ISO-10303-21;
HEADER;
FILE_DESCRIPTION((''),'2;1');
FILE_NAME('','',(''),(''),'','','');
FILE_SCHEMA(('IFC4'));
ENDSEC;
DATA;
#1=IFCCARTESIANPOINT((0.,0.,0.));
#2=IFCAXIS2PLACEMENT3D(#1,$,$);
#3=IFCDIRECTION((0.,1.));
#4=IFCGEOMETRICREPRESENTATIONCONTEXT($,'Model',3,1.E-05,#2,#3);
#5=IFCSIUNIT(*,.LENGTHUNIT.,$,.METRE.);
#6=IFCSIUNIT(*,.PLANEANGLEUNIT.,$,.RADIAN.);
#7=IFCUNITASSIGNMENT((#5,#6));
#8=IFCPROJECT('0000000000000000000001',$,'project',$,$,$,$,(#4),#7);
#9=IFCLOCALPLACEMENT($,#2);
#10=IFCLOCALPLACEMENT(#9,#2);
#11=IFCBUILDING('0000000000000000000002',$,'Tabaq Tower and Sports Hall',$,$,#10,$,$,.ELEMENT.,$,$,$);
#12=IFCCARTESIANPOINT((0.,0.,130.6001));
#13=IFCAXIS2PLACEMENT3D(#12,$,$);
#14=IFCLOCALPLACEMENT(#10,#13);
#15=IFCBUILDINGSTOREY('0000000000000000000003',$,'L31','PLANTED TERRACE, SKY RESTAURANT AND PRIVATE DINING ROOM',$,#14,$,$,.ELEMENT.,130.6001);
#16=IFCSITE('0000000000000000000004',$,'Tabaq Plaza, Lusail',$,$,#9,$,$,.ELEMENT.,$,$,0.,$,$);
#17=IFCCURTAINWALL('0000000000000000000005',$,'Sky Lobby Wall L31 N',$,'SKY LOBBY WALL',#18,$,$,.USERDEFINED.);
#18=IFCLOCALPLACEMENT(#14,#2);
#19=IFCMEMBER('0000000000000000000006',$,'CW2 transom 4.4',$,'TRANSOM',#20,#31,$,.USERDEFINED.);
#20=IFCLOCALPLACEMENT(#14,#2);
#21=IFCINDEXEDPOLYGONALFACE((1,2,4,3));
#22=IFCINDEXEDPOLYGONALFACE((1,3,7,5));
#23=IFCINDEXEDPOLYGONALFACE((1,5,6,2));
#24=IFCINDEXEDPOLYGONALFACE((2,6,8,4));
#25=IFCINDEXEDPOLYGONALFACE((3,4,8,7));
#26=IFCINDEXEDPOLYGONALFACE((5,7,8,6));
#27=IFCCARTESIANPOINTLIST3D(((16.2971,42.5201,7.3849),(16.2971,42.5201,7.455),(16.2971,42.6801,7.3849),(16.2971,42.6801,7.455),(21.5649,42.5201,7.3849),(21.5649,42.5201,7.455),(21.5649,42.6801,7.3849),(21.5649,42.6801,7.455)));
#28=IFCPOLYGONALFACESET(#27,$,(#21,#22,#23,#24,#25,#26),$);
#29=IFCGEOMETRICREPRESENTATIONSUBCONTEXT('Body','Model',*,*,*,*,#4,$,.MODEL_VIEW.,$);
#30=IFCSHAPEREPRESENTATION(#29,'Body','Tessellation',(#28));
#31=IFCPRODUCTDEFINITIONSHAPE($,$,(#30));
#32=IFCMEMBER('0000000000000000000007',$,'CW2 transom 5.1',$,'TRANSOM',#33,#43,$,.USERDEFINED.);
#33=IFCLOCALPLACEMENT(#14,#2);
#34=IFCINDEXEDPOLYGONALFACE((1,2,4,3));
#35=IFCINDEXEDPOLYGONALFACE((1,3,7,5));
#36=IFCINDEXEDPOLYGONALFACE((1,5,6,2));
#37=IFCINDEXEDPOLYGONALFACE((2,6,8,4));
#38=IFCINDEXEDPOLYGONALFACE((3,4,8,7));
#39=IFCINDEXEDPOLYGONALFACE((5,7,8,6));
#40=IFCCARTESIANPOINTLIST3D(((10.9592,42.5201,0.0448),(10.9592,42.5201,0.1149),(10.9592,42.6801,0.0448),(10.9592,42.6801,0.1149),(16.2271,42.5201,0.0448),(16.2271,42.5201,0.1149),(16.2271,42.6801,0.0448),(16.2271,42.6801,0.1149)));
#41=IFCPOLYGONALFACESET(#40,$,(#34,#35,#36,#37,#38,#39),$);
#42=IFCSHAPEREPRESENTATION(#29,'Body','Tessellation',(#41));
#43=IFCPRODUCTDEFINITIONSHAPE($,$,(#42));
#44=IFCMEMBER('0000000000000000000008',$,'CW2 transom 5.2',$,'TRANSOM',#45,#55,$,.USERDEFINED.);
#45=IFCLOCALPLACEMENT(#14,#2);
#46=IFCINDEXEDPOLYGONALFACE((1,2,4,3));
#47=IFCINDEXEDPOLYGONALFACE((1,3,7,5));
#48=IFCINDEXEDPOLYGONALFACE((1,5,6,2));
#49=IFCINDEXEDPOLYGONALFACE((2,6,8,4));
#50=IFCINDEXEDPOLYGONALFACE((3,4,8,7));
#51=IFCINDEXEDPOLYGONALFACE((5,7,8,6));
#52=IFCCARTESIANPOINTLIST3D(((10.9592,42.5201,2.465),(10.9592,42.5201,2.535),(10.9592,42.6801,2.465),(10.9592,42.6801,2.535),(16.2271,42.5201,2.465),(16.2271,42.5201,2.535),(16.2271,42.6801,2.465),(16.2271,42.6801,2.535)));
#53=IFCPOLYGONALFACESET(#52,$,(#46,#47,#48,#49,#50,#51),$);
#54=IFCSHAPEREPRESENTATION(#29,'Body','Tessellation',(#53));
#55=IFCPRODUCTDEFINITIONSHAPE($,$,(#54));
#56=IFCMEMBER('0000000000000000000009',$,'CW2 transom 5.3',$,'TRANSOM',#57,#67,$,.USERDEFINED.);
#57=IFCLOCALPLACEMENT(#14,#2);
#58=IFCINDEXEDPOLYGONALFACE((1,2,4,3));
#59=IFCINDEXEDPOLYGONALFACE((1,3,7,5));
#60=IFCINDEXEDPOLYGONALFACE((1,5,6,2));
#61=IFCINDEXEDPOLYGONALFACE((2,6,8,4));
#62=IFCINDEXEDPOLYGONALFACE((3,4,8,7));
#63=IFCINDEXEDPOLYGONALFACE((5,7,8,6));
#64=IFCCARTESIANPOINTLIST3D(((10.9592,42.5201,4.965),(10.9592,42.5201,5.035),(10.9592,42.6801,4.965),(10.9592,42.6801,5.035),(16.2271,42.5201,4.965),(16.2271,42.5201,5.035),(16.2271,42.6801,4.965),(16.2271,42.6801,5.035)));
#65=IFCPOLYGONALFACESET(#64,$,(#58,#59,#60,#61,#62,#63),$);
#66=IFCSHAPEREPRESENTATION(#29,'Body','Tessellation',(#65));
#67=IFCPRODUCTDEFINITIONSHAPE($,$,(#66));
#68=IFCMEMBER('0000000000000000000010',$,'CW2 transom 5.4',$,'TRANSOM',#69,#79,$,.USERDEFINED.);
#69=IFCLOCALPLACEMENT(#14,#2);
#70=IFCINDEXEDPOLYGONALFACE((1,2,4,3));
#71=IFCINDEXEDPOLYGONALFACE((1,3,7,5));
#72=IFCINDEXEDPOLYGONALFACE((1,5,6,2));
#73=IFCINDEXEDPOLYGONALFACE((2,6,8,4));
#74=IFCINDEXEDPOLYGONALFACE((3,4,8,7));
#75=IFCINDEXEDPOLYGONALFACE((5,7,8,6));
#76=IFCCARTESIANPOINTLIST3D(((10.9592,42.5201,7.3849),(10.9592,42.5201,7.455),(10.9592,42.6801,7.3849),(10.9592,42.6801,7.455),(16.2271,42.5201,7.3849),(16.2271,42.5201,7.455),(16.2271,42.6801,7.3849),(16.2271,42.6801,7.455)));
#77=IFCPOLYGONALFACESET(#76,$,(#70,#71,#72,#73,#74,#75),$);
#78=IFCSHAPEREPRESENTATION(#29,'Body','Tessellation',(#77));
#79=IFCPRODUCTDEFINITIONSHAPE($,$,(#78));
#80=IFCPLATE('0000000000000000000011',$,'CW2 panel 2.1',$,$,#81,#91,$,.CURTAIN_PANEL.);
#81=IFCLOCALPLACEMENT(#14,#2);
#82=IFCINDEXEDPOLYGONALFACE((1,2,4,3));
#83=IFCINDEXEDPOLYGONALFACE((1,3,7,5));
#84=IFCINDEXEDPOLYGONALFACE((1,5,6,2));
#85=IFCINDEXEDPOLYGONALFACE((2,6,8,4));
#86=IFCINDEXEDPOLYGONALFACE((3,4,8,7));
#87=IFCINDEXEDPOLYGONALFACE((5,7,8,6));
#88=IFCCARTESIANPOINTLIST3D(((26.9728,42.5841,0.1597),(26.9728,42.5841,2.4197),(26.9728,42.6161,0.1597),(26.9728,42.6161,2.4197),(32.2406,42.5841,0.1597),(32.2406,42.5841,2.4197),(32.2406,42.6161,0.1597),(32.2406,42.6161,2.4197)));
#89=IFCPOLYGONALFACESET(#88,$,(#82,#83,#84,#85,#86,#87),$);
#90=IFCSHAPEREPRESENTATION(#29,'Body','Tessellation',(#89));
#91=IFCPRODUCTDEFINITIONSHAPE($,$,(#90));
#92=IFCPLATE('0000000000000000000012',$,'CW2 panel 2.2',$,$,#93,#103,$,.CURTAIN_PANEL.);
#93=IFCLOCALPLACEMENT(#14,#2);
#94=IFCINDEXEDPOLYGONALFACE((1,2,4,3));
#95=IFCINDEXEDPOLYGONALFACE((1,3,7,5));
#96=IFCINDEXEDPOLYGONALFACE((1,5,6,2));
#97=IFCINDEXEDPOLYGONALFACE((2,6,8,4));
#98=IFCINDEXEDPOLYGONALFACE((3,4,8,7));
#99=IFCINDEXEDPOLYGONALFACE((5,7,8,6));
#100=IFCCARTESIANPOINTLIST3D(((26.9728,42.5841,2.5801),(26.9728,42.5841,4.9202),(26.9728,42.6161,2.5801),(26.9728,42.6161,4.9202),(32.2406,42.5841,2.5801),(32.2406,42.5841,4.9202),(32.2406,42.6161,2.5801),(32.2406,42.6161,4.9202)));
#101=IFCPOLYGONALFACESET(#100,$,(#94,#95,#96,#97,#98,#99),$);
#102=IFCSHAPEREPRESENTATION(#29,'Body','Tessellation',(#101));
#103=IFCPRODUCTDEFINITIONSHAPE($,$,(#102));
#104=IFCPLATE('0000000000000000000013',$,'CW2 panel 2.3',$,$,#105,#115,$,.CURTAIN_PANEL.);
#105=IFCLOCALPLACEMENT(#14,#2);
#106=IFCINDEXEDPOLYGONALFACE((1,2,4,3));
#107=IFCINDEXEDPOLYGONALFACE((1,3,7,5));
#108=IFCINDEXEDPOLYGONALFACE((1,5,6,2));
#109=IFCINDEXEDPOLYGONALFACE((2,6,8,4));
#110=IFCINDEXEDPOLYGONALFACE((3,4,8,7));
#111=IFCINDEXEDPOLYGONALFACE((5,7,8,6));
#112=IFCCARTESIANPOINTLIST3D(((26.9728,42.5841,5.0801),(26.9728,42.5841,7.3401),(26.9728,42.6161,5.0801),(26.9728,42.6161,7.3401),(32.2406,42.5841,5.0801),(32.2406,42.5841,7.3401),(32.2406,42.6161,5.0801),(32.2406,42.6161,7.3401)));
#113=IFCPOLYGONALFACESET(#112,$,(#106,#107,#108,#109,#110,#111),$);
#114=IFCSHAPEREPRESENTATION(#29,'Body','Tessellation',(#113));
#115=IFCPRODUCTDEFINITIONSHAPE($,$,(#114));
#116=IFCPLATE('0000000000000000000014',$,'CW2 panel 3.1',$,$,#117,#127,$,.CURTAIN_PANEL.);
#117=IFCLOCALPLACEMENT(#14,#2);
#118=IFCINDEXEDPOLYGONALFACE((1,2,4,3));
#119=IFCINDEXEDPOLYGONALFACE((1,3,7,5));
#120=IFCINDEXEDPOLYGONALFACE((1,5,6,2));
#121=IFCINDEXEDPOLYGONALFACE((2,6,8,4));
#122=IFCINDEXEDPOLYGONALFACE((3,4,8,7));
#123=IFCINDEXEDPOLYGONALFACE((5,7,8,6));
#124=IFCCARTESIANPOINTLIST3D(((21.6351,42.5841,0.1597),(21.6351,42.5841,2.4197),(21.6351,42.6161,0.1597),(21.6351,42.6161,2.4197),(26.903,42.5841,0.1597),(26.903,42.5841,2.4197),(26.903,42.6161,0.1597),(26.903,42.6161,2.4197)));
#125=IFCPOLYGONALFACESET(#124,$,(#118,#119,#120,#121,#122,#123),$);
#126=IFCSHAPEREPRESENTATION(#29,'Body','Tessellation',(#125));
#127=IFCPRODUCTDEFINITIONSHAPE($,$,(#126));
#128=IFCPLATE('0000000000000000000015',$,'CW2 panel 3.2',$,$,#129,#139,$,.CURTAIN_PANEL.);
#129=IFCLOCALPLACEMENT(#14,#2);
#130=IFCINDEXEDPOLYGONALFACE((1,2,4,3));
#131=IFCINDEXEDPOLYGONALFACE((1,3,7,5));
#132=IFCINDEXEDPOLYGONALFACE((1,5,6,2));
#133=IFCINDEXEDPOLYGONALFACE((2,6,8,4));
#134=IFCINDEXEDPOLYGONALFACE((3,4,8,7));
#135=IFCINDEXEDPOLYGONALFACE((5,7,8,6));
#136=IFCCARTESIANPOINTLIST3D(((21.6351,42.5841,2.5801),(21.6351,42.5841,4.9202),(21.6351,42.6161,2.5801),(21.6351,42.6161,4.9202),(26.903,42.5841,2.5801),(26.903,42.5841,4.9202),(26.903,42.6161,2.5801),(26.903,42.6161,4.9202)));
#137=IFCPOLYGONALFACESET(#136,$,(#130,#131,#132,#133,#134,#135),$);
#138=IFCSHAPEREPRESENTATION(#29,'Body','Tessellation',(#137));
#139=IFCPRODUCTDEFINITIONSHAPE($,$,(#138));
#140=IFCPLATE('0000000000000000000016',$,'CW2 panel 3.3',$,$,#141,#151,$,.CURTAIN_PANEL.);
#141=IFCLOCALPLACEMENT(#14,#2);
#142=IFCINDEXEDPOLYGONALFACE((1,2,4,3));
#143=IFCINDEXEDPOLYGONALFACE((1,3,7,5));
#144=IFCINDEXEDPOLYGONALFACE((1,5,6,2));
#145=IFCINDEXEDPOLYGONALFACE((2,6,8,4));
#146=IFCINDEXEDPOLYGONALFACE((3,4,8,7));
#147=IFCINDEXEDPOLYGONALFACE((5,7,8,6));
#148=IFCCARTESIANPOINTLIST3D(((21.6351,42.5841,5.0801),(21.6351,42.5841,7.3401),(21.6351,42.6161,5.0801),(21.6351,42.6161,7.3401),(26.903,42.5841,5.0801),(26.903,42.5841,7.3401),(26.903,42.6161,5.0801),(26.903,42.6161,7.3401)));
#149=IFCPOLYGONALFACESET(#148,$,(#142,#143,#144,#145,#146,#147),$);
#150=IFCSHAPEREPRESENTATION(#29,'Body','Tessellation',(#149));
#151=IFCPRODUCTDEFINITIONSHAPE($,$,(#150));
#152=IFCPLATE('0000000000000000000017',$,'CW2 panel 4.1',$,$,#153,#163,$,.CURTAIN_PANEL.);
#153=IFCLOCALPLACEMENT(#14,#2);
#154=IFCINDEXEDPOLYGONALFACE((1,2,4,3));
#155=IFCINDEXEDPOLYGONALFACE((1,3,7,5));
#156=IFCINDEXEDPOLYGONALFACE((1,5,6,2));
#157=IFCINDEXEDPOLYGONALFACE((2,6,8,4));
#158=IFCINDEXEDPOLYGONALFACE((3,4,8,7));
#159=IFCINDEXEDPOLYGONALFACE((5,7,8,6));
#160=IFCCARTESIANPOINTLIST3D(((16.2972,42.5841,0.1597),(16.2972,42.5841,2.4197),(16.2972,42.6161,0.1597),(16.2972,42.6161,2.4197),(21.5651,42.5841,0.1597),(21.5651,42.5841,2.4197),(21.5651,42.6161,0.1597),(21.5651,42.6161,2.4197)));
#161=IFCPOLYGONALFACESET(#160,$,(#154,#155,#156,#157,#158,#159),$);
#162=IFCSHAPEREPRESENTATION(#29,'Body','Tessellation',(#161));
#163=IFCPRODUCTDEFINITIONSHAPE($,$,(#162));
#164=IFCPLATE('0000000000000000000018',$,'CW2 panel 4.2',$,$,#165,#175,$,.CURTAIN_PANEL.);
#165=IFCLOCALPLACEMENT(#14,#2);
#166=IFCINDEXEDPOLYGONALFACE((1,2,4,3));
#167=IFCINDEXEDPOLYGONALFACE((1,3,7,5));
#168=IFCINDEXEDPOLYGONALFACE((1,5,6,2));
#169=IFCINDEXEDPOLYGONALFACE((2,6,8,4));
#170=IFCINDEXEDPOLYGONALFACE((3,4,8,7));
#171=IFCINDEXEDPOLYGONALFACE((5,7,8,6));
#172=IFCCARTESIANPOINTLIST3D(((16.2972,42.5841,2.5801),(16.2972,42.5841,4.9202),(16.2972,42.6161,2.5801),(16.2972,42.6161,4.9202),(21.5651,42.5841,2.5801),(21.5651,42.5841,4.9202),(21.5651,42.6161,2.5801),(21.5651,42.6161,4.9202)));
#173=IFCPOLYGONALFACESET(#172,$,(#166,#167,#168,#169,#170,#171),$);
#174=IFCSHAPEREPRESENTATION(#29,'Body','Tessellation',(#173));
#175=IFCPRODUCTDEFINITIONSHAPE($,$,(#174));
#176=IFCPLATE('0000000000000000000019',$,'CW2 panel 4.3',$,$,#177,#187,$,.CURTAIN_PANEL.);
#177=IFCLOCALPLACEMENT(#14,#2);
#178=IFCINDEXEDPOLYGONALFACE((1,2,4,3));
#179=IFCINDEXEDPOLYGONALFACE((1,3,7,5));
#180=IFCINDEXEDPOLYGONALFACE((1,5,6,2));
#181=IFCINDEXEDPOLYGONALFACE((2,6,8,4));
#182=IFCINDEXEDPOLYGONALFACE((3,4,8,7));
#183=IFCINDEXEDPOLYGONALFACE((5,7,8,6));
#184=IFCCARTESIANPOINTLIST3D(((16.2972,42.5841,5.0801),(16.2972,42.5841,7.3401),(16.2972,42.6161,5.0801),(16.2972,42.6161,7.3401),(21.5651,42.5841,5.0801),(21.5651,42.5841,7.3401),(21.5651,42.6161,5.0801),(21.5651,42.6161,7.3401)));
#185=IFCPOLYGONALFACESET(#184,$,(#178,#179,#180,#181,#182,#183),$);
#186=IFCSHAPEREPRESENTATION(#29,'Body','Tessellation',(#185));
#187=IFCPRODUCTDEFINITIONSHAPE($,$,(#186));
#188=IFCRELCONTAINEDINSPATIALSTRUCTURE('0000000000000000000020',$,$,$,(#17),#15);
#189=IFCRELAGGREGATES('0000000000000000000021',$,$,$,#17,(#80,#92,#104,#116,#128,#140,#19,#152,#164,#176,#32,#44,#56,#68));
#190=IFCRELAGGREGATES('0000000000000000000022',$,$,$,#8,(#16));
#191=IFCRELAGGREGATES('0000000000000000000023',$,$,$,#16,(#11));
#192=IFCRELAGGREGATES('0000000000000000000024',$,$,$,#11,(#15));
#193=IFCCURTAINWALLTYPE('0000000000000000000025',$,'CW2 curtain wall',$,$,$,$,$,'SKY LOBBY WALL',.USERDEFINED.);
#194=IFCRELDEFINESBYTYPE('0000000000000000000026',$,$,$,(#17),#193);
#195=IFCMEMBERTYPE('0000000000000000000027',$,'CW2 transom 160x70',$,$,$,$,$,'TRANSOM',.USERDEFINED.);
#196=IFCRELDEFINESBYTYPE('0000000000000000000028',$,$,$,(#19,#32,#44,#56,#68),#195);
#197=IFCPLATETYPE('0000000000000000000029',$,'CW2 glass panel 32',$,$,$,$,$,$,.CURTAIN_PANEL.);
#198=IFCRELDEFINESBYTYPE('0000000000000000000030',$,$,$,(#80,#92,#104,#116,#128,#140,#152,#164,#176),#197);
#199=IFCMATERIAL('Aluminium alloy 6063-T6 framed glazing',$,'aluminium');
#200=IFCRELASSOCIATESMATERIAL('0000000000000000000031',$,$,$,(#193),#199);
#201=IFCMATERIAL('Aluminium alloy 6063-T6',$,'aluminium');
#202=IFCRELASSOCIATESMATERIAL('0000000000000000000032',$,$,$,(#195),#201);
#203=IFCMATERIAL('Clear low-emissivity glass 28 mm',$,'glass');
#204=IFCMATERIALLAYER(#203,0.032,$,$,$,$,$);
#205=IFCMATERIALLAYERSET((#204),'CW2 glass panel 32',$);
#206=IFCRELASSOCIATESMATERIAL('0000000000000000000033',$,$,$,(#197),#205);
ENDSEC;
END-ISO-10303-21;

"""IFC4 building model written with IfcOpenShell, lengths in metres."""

from ifc_helpers import new_model, si_unit, direction, frame, origin, origin_2d, place, context, subcontext, project, spatial, rectangle, extrude, material, layer, layer_set, material_profile, profile_set, type_object, element, aggregate, save


model = new_model("IFC4")

# Units and contexts
model_context = context("Model", 3, precision=1e-05, world=origin(), true_north=direction((0.0, 1.0)))
body_context = subcontext(model_context, "Body", "Model", "MODEL_VIEW")
ifc_project = project(units=[si_unit("LENGTHUNIT", "METRE"), si_unit("PLANEANGLEUNIT", "RADIAN")], contexts=[model_context])

# Site, building, storey
site_placement = place(None, origin())
site = spatial("IfcSite", under=ifc_project, at=site_placement, Name="Tabaq Plaza, Lusail", CompositionType="ELEMENT", RefElevation=0.0)
building_placement = place(site_placement, origin())
building = spatial("IfcBuilding", under=site, at=building_placement, Name="Tabaq Tower and Sports Hall", CompositionType="ELEMENT")
storey_placement = place(building_placement, frame((0.0, 0.0, 130.6001)))
storey = spatial("IfcBuildingStorey", under=building, at=storey_placement, Name="L31", Description="PLANTED TERRACE, SKY RESTAURANT AND PRIVATE DINING ROOM", CompositionType="ELEMENT", Elevation=130.6001)

# Curtain wall, members, plates
ifc_material_1 = material(Name="Aluminium alloy 6063-T6 framed glazing", Category="aluminium")
curtain_wall_type = type_object("IfcCurtainWallType", Name="CW2 curtain wall", ElementType="SKY LOBBY WALL", PredefinedType="USERDEFINED", material=ifc_material_1)
curtain_wall_placement = place(storey_placement, origin())
curtain_wall = element("IfcCurtainWall", 1, at=curtain_wall_placement, inside=storey, type_object=curtain_wall_type, Name="Sky Lobby Wall L31 N", ObjectType="SKY LOBBY WALL", PredefinedType="USERDEFINED")
ifc_material_2 = material(Name="Aluminium alloy 6063-T6", Category="aluminium")
ifc_material_profile_1 = material_profile(ifc_material_2, rectangle(XDim=0.1599, YDim=0.0701, at=origin_2d()), Name="TRANSOM 160x70")
ifc_profile_set_1 = profile_set([ifc_material_profile_1], Name="Aluminium alloy 6063-T6")
member_type_1 = type_object("IfcMemberType", Name="CW2 transom 160x70", ElementType="TRANSOM", PredefinedType="USERDEFINED", material=ifc_profile_set_1)
member_1_placement = place(storey_placement, frame((21.5649, 42.6001, 7.4199), z_axis=(-1.0, 0.0, 0.0), x_axis=(0.0, -1.0, 0.0)))
member_1 = element("IfcMember", 2, at=member_1_placement, type_object=member_type_1, Name="CW2 transom 4.4", ObjectType="TRANSOM", PredefinedType="USERDEFINED", context=body_context, shape_type="SweptSolid", body=[
    extrude(rectangle(XDim=0.1599, YDim=0.0701, at=origin_2d()), origin(), (0.0, 0.0, 1.0), 5.2678),
])
member_2_placement = place(storey_placement, frame((16.2271, 42.6001, 0.0798), z_axis=(-1.0, 0.0, 0.0), x_axis=(0.0, -1.0, 0.0)))
member_2 = element("IfcMember", 3, at=member_2_placement, type_object=member_type_1, Name="CW2 transom 5.1", ObjectType="TRANSOM", PredefinedType="USERDEFINED", context=body_context, shape_type="SweptSolid", body=[
    extrude(rectangle(XDim=0.1599, YDim=0.0701, at=origin_2d()), origin(), (0.0, 0.0, 1.0), 5.2678),
])
member_3_placement = place(storey_placement, frame((16.2271, 42.6001, 2.5), z_axis=(-1.0, 0.0, 0.0), x_axis=(0.0, -1.0, 0.0)))
member_3 = element("IfcMember", 4, at=member_3_placement, type_object=member_type_1, Name="CW2 transom 5.2", ObjectType="TRANSOM", PredefinedType="USERDEFINED", context=body_context, shape_type="SweptSolid", body=[
    extrude(rectangle(XDim=0.1599, YDim=0.0701, at=origin_2d()), origin(), (0.0, 0.0, 1.0), 5.2678),
])
member_4_placement = place(storey_placement, frame((16.2271, 42.6001, 5.0), z_axis=(-1.0, 0.0, 0.0), x_axis=(0.0, -1.0, 0.0)))
member_4 = element("IfcMember", 5, at=member_4_placement, type_object=member_type_1, Name="CW2 transom 5.3", ObjectType="TRANSOM", PredefinedType="USERDEFINED", context=body_context, shape_type="SweptSolid", body=[
    extrude(rectangle(XDim=0.1599, YDim=0.0701, at=origin_2d()), origin(), (0.0, 0.0, 1.0), 5.2678),
])
member_5_placement = place(storey_placement, frame((16.2271, 42.6001, 7.4199), z_axis=(-1.0, 0.0, 0.0), x_axis=(0.0, -1.0, 0.0)))
member_5 = element("IfcMember", 6, at=member_5_placement, type_object=member_type_1, Name="CW2 transom 5.4", ObjectType="TRANSOM", PredefinedType="USERDEFINED", context=body_context, shape_type="SweptSolid", body=[
    extrude(rectangle(XDim=0.1599, YDim=0.0701, at=origin_2d()), origin(), (0.0, 0.0, 1.0), 5.2678),
])
ifc_material_3 = material(Name="Clear low-emissivity glass 28 mm", Category="glass")
ifc_layer_1 = layer(ifc_material_3, 0.032)
ifc_layer_set_1 = layer_set([ifc_layer_1], Name="CW2 glass panel 32")
plate_type = type_object("IfcPlateType", Name="CW2 glass panel 32", PredefinedType="CURTAIN_PANEL", material=ifc_layer_set_1)
plate_1_placement = place(storey_placement, frame((29.6067, 42.6001, 0.1597), z_axis=(0.0, 0.0, 1.0), x_axis=(-1.0, 0.0, 0.0)))
plate_1 = element("IfcPlate", 7, at=plate_1_placement, type_object=plate_type, Name="CW2 panel 2.1", PredefinedType="CURTAIN_PANEL", context=body_context, shape_type="SweptSolid", body=[
    extrude(rectangle(XDim=5.2678, YDim=0.032, at=origin_2d()), origin(), (0.0, 0.0, 1.0), 2.26),
])
plate_2_placement = place(storey_placement, frame((29.6067, 42.6001, 2.5801), z_axis=(0.0, 0.0, 1.0), x_axis=(-1.0, 0.0, 0.0)))
plate_2 = element("IfcPlate", 8, at=plate_2_placement, type_object=plate_type, Name="CW2 panel 2.2", PredefinedType="CURTAIN_PANEL", context=body_context, shape_type="SweptSolid", body=[
    extrude(rectangle(XDim=5.2678, YDim=0.032, at=origin_2d()), origin(), (0.0, 0.0, 1.0), 2.3401),
])
plate_3_placement = place(storey_placement, frame((29.6067, 42.6001, 5.0801), z_axis=(0.0, 0.0, 1.0), x_axis=(-1.0, 0.0, 0.0)))
plate_3 = element("IfcPlate", 9, at=plate_3_placement, type_object=plate_type, Name="CW2 panel 2.3", PredefinedType="CURTAIN_PANEL", context=body_context, shape_type="SweptSolid", body=[
    extrude(rectangle(XDim=5.2678, YDim=0.032, at=origin_2d()), origin(), (0.0, 0.0, 1.0), 2.26),
])
plate_4_placement = place(storey_placement, frame((24.269, 42.6001, 0.1597), z_axis=(0.0, 0.0, 1.0), x_axis=(-1.0, 0.0, 0.0)))
plate_4 = element("IfcPlate", 10, at=plate_4_placement, type_object=plate_type, Name="CW2 panel 3.1", PredefinedType="CURTAIN_PANEL", context=body_context, shape_type="SweptSolid", body=[
    extrude(rectangle(XDim=5.2678, YDim=0.032, at=origin_2d()), origin(), (0.0, 0.0, 1.0), 2.26),
])
plate_5_placement = place(storey_placement, frame((24.269, 42.6001, 2.5801), z_axis=(0.0, 0.0, 1.0), x_axis=(-1.0, 0.0, 0.0)))
plate_5 = element("IfcPlate", 11, at=plate_5_placement, type_object=plate_type, Name="CW2 panel 3.2", PredefinedType="CURTAIN_PANEL", context=body_context, shape_type="SweptSolid", body=[
    extrude(rectangle(XDim=5.2678, YDim=0.032, at=origin_2d()), origin(), (0.0, 0.0, 1.0), 2.3401),
])
plate_6_placement = place(storey_placement, frame((24.269, 42.6001, 5.0801), z_axis=(0.0, 0.0, 1.0), x_axis=(-1.0, 0.0, 0.0)))
plate_6 = element("IfcPlate", 12, at=plate_6_placement, type_object=plate_type, Name="CW2 panel 3.3", PredefinedType="CURTAIN_PANEL", context=body_context, shape_type="SweptSolid", body=[
    extrude(rectangle(XDim=5.2678, YDim=0.032, at=origin_2d()), origin(), (0.0, 0.0, 1.0), 2.26),
])
plate_7_placement = place(storey_placement, frame((18.9312, 42.6001, 0.1597), z_axis=(0.0, 0.0, 1.0), x_axis=(-1.0, 0.0, 0.0)))
plate_7 = element("IfcPlate", 13, at=plate_7_placement, type_object=plate_type, Name="CW2 panel 4.1", PredefinedType="CURTAIN_PANEL", context=body_context, shape_type="SweptSolid", body=[
    extrude(rectangle(XDim=5.2678, YDim=0.032, at=origin_2d()), origin(), (0.0, 0.0, 1.0), 2.26),
])
plate_8_placement = place(storey_placement, frame((18.9312, 42.6001, 2.5801), z_axis=(0.0, 0.0, 1.0), x_axis=(-1.0, 0.0, 0.0)))
plate_8 = element("IfcPlate", 14, at=plate_8_placement, type_object=plate_type, Name="CW2 panel 4.2", PredefinedType="CURTAIN_PANEL", context=body_context, shape_type="SweptSolid", body=[
    extrude(rectangle(XDim=5.2678, YDim=0.032, at=origin_2d()), origin(), (0.0, 0.0, 1.0), 2.3401),
])
plate_9_placement = place(storey_placement, frame((18.9312, 42.6001, 5.0801), z_axis=(0.0, 0.0, 1.0), x_axis=(-1.0, 0.0, 0.0)))
plate_9 = element("IfcPlate", 15, at=plate_9_placement, type_object=plate_type, Name="CW2 panel 4.3", PredefinedType="CURTAIN_PANEL", context=body_context, shape_type="SweptSolid", body=[
    extrude(rectangle(XDim=5.2678, YDim=0.032, at=origin_2d()), origin(), (0.0, 0.0, 1.0), 2.26),
])
aggregate(curtain_wall, [plate_1, plate_2, plate_3, plate_4, plate_5, plate_6, member_1, plate_7, plate_8, plate_9, member_2, member_3, member_4, member_5])

save(model, "model.ifc")
